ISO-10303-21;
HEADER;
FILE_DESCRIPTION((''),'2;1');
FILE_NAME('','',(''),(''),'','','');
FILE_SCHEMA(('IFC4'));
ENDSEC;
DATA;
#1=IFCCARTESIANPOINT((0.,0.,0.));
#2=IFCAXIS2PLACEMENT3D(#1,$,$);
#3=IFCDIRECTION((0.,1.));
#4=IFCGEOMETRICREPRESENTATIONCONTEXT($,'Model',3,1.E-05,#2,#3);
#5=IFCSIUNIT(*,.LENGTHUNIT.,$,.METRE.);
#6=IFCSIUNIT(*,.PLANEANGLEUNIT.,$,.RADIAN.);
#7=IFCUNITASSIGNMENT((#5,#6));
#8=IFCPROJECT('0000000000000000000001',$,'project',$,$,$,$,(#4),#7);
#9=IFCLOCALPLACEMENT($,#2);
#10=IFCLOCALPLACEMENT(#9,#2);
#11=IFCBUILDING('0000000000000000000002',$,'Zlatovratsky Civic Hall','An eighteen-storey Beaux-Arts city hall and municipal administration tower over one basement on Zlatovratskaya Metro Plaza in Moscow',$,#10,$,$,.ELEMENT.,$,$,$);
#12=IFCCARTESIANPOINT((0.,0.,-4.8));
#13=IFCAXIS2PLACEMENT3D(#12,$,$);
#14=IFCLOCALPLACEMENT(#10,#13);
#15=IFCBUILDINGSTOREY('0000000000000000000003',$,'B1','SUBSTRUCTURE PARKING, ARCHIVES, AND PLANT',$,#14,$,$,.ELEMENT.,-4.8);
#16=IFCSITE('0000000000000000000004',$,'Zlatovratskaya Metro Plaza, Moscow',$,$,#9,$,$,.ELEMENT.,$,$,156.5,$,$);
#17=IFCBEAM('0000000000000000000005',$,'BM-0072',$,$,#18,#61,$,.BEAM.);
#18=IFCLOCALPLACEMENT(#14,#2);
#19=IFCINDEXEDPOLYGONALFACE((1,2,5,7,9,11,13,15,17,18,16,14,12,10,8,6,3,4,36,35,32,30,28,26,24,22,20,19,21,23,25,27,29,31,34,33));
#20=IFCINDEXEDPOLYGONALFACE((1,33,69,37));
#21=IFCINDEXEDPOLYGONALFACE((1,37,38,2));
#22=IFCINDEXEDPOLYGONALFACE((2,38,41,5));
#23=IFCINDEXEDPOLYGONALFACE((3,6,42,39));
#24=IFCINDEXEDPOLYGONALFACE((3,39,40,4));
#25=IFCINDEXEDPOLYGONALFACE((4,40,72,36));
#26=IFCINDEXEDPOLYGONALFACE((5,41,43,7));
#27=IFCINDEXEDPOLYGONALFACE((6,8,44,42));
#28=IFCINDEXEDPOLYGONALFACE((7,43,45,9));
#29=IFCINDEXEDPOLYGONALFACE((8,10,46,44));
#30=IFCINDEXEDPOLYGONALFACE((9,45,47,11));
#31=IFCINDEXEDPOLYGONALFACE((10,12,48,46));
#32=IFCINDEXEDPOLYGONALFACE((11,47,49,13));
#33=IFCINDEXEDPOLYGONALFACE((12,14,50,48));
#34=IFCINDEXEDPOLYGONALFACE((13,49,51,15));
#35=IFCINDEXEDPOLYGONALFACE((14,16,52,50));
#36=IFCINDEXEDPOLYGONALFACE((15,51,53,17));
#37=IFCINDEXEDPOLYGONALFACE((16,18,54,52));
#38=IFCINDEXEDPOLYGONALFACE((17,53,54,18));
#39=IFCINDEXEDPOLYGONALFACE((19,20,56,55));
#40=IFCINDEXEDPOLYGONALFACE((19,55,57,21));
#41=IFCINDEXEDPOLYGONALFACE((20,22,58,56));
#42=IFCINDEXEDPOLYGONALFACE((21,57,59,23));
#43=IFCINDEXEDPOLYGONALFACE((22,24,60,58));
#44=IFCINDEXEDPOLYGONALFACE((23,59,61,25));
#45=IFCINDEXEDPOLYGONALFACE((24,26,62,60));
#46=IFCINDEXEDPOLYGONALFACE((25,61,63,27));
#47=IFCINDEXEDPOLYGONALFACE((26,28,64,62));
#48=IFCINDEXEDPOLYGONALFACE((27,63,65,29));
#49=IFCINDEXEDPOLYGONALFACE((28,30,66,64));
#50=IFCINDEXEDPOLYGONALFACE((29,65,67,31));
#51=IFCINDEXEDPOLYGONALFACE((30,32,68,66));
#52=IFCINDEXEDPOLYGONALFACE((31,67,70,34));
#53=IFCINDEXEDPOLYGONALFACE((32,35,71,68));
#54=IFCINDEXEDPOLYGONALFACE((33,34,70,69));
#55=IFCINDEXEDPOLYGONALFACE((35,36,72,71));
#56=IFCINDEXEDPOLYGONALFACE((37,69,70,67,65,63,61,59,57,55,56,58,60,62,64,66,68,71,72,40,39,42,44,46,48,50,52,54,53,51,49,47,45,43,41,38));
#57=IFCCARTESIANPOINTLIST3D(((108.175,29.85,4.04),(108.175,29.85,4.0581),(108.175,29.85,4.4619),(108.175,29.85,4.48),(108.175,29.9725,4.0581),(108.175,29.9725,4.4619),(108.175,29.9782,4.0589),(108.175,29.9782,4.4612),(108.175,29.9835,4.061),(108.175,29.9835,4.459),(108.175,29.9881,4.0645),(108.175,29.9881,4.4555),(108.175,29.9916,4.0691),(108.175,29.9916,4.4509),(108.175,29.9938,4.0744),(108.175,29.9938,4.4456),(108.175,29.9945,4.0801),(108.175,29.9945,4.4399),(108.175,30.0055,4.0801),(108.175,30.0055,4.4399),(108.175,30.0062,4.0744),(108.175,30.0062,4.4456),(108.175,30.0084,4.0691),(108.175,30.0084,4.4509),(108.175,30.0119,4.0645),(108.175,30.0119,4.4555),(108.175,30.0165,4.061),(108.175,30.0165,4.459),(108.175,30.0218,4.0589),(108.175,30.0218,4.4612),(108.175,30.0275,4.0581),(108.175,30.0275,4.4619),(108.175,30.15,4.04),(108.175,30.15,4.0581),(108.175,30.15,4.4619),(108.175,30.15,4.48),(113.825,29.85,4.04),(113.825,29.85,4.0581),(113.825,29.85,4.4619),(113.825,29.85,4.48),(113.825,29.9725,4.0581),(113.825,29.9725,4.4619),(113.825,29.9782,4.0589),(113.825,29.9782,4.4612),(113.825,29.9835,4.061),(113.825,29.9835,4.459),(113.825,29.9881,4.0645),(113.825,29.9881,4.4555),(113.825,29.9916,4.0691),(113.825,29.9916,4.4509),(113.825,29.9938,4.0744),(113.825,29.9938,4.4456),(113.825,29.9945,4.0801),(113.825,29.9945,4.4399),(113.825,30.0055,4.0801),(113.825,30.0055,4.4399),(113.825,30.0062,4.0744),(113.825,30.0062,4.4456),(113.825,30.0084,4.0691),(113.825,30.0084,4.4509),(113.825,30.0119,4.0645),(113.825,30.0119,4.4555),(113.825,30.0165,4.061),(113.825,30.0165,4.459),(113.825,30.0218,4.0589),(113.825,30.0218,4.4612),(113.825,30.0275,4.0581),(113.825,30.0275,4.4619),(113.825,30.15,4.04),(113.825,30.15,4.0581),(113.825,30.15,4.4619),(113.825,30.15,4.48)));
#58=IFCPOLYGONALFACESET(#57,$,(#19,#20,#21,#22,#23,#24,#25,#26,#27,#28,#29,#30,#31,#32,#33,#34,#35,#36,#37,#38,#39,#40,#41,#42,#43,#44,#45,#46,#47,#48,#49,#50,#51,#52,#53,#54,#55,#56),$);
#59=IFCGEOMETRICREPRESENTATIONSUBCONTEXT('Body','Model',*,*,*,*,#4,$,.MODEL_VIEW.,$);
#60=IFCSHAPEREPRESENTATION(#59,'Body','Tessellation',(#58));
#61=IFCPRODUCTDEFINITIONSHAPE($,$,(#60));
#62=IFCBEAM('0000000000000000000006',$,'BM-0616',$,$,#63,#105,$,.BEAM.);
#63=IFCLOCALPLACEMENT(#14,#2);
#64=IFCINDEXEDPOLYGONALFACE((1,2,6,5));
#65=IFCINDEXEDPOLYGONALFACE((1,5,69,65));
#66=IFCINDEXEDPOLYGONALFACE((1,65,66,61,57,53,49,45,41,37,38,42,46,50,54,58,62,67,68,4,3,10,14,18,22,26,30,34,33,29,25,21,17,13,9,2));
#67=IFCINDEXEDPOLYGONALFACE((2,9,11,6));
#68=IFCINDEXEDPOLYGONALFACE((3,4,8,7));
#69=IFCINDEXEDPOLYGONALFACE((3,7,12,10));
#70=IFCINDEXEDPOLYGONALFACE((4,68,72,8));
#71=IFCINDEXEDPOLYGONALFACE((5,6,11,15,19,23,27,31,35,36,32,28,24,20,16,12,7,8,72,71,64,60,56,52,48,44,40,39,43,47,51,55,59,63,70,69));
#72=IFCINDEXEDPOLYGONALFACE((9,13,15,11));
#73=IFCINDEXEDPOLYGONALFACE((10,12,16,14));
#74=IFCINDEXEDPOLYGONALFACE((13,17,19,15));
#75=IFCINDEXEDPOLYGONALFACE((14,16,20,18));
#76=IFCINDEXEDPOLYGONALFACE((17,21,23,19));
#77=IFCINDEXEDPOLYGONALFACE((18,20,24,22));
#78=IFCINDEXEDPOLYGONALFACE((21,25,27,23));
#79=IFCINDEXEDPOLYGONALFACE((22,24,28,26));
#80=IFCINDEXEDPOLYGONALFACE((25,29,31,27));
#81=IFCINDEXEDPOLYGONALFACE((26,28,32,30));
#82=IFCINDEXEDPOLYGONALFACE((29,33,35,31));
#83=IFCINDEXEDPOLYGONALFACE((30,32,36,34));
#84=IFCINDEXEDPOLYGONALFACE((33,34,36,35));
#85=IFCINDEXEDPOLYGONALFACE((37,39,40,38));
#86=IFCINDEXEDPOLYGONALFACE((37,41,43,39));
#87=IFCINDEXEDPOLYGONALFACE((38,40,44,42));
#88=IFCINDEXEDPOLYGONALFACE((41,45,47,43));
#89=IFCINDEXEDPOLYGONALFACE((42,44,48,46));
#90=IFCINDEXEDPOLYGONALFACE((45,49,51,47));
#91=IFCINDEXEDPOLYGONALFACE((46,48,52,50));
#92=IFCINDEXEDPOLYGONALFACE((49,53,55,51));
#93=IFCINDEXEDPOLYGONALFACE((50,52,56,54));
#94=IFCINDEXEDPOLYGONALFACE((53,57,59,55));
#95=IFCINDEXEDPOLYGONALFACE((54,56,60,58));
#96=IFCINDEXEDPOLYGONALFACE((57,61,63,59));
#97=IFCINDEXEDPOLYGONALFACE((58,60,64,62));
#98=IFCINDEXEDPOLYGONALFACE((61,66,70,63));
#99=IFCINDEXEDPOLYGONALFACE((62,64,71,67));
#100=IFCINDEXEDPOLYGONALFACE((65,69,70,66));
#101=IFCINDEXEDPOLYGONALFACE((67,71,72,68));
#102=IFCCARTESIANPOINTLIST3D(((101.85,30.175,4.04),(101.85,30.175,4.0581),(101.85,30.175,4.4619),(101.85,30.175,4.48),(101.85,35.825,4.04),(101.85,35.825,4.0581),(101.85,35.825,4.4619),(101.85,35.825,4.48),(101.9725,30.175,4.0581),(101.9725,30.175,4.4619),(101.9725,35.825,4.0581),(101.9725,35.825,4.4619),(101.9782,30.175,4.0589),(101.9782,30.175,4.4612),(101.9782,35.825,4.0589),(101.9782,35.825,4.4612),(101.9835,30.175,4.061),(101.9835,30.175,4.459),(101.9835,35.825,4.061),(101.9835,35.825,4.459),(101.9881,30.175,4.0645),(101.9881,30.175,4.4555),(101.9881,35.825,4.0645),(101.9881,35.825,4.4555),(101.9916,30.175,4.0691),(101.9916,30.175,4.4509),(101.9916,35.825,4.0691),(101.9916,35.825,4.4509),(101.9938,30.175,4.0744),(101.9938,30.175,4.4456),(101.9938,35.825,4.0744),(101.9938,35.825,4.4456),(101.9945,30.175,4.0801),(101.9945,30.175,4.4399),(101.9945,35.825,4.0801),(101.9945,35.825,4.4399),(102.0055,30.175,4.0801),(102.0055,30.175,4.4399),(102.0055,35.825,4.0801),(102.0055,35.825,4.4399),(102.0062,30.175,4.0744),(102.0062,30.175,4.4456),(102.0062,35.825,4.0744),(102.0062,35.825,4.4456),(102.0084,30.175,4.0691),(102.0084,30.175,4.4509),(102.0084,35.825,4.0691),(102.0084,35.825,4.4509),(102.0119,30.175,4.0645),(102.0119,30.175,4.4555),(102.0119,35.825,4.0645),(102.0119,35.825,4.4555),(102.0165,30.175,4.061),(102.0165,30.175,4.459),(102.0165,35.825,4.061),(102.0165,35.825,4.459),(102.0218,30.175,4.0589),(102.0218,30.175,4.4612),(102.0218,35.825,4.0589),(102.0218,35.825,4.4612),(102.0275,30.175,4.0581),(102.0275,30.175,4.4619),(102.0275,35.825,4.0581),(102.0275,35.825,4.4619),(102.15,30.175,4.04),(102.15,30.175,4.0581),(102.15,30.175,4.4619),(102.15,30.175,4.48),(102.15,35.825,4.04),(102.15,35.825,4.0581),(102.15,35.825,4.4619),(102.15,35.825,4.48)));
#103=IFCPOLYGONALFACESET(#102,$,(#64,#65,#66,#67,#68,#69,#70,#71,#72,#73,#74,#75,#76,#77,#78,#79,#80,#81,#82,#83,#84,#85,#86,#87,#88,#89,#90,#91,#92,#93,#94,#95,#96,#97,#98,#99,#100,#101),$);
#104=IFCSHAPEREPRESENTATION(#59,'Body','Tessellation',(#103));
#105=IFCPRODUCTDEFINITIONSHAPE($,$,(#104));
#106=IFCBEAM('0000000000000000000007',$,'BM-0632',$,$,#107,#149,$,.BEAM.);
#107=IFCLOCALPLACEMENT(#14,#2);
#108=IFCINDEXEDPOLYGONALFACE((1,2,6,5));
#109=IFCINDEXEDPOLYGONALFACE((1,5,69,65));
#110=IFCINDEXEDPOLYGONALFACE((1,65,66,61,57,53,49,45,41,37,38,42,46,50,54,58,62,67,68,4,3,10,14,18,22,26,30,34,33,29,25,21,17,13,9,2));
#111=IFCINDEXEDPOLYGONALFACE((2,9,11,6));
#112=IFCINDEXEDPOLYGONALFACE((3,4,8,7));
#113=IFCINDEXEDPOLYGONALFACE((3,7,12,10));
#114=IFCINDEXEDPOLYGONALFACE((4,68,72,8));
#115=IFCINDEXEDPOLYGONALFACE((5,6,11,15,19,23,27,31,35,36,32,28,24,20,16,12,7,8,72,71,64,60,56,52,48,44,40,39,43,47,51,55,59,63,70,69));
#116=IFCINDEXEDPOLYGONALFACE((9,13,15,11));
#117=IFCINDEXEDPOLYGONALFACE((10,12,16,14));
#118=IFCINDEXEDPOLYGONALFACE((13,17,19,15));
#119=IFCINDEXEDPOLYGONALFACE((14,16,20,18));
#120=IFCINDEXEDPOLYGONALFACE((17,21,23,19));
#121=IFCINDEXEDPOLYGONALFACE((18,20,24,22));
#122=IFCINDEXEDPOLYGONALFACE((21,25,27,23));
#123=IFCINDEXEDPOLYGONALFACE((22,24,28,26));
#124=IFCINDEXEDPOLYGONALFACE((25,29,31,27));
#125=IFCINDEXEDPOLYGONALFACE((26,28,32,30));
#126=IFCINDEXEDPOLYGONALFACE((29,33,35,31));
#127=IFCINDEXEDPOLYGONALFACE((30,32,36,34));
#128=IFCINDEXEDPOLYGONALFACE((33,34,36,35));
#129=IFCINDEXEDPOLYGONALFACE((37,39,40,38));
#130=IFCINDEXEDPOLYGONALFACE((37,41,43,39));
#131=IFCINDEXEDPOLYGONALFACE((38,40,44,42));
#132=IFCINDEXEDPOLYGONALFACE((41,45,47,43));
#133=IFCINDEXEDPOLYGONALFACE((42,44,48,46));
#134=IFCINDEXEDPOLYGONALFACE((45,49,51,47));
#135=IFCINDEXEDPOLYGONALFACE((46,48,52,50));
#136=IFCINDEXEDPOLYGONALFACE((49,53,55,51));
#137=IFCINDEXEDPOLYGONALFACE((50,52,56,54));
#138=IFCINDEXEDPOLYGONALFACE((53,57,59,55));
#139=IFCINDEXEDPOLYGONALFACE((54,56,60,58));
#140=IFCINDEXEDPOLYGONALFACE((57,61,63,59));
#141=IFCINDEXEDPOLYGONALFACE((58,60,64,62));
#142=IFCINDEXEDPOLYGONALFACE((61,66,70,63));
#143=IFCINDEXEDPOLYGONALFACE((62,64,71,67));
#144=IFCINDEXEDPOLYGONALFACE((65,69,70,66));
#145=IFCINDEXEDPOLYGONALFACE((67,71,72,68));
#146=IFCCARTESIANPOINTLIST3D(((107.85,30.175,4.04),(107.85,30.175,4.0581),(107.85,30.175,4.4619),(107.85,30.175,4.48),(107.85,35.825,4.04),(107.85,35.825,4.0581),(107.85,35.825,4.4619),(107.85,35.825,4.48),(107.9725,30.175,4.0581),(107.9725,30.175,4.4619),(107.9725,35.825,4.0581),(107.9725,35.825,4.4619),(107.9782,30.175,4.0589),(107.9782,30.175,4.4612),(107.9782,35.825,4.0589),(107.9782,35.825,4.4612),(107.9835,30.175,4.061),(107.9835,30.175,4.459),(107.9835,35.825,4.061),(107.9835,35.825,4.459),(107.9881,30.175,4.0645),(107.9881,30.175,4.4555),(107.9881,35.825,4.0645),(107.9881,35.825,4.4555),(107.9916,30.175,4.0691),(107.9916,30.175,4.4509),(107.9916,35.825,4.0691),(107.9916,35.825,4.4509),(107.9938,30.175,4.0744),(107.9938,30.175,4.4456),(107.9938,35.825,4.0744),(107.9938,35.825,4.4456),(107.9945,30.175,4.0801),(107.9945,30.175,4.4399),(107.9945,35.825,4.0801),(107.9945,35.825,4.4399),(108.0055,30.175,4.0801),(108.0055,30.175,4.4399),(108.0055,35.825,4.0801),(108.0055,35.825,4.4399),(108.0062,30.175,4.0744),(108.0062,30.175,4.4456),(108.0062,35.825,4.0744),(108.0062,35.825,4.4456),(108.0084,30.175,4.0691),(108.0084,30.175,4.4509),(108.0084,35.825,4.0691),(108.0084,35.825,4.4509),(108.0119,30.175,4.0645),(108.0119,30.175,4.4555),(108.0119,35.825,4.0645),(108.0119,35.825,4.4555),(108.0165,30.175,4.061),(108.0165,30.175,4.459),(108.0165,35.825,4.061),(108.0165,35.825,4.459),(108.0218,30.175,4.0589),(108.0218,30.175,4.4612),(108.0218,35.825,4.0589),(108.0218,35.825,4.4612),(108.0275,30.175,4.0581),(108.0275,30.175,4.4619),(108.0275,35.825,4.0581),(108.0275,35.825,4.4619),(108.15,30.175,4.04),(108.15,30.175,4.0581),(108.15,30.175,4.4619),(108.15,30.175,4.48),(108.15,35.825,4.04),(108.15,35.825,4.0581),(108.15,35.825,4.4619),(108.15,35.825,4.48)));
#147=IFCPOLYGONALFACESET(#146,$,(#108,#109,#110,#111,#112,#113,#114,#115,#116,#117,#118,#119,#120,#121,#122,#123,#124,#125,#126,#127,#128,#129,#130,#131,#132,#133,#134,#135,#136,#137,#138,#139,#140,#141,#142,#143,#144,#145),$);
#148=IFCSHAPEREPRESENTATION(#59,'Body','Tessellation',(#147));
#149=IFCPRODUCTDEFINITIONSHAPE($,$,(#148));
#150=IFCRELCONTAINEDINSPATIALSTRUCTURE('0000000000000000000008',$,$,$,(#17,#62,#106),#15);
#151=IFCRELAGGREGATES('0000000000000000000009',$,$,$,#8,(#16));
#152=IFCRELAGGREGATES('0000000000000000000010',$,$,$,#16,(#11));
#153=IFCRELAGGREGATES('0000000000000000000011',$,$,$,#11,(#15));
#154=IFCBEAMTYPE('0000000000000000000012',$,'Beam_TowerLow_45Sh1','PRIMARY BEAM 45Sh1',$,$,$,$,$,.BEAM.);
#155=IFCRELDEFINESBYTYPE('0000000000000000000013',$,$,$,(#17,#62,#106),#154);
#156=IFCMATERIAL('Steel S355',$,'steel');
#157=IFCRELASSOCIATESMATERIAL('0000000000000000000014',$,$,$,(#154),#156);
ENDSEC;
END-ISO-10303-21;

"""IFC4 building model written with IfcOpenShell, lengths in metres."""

from ifc_helpers import new_model, si_unit, direction, frame, origin, origin_2d, place, context, subcontext, project, spatial, i_section, extrude, material, material_profile, profile_set, type_object, element, save


model = new_model("IFC4")

# Units and contexts
model_context = context("Model", 3, precision=1e-05, world=origin(), true_north=direction((0.0, 1.0)))
body_context = subcontext(model_context, "Body", "Model", "MODEL_VIEW")
ifc_project = project(units=[si_unit("LENGTHUNIT", "METRE"), si_unit("PLANEANGLEUNIT", "RADIAN")], contexts=[model_context])

# Site, building, storey
site_placement = place(None, origin())
site = spatial("IfcSite", under=ifc_project, at=site_placement, Name="Zlatovratskaya Metro Plaza, Moscow", CompositionType="ELEMENT", RefElevation=156.5)
building_placement = place(site_placement, origin())
building = spatial("IfcBuilding", under=site, at=building_placement, Name="Zlatovratsky Civic Hall", Description="An eighteen-storey Beaux-Arts city hall and municipal administration tower over one basement on Zlatovratskaya Metro Plaza in Moscow", CompositionType="ELEMENT")
storey_placement = place(building_placement, frame((0.0, 0.0, -4.8)))
storey = spatial("IfcBuildingStorey", under=building, at=storey_placement, Name="B1", Description="SUBSTRUCTURE PARKING, ARCHIVES, AND PLANT", CompositionType="ELEMENT", Elevation=-4.8)

# Shared definitions
ifc_material_1 = material(Name="Steel S355", Category="steel")

# Beams
ifc_material_profile_1 = material_profile(ifc_material_1, i_section(OverallWidth=0.3, OverallDepth=0.4399, WebThickness=0.011, FlangeThickness=0.0181, FilletRadius=0.022, at=origin_2d()), Name="45Sh1")
ifc_profile_set_1 = profile_set([ifc_material_profile_1], Name="Steel S355")
beam_type_1 = type_object("IfcBeamType", Name="Beam_TowerLow_45Sh1", Description="PRIMARY BEAM 45Sh1", PredefinedType="BEAM", material=ifc_profile_set_1)
for number, where, z_axis, x_axis, name in (
    (1, (108.175, 30.0, 4.26), (1.0, 0.0, 0.0), (0.0, 1.0, 0.0), "BM-0072"),
    (2, (102.0, 30.175, 4.26), (0.0, 1.0, 0.0), (-1.0, 0.0, 0.0), "BM-0616"),
    (3, (108.0, 30.175, 4.26), (0.0, 1.0, 0.0), (-1.0, 0.0, 0.0), "BM-0632"),
):
    element("IfcBeam", number, at=place(storey_placement, frame(where, z_axis=z_axis, x_axis=x_axis)), inside=storey, type_object=beam_type_1, Name=name, PredefinedType="BEAM", context=body_context, shape_type="SweptSolid", body=[
        extrude(i_section(OverallWidth=0.3, OverallDepth=0.4399, WebThickness=0.011, FlangeThickness=0.0181, FilletRadius=0.022, at=origin_2d()), origin(), (0.0, 0.0, 1.0), 5.6499),
    ])

save(model, "model.ifc")
